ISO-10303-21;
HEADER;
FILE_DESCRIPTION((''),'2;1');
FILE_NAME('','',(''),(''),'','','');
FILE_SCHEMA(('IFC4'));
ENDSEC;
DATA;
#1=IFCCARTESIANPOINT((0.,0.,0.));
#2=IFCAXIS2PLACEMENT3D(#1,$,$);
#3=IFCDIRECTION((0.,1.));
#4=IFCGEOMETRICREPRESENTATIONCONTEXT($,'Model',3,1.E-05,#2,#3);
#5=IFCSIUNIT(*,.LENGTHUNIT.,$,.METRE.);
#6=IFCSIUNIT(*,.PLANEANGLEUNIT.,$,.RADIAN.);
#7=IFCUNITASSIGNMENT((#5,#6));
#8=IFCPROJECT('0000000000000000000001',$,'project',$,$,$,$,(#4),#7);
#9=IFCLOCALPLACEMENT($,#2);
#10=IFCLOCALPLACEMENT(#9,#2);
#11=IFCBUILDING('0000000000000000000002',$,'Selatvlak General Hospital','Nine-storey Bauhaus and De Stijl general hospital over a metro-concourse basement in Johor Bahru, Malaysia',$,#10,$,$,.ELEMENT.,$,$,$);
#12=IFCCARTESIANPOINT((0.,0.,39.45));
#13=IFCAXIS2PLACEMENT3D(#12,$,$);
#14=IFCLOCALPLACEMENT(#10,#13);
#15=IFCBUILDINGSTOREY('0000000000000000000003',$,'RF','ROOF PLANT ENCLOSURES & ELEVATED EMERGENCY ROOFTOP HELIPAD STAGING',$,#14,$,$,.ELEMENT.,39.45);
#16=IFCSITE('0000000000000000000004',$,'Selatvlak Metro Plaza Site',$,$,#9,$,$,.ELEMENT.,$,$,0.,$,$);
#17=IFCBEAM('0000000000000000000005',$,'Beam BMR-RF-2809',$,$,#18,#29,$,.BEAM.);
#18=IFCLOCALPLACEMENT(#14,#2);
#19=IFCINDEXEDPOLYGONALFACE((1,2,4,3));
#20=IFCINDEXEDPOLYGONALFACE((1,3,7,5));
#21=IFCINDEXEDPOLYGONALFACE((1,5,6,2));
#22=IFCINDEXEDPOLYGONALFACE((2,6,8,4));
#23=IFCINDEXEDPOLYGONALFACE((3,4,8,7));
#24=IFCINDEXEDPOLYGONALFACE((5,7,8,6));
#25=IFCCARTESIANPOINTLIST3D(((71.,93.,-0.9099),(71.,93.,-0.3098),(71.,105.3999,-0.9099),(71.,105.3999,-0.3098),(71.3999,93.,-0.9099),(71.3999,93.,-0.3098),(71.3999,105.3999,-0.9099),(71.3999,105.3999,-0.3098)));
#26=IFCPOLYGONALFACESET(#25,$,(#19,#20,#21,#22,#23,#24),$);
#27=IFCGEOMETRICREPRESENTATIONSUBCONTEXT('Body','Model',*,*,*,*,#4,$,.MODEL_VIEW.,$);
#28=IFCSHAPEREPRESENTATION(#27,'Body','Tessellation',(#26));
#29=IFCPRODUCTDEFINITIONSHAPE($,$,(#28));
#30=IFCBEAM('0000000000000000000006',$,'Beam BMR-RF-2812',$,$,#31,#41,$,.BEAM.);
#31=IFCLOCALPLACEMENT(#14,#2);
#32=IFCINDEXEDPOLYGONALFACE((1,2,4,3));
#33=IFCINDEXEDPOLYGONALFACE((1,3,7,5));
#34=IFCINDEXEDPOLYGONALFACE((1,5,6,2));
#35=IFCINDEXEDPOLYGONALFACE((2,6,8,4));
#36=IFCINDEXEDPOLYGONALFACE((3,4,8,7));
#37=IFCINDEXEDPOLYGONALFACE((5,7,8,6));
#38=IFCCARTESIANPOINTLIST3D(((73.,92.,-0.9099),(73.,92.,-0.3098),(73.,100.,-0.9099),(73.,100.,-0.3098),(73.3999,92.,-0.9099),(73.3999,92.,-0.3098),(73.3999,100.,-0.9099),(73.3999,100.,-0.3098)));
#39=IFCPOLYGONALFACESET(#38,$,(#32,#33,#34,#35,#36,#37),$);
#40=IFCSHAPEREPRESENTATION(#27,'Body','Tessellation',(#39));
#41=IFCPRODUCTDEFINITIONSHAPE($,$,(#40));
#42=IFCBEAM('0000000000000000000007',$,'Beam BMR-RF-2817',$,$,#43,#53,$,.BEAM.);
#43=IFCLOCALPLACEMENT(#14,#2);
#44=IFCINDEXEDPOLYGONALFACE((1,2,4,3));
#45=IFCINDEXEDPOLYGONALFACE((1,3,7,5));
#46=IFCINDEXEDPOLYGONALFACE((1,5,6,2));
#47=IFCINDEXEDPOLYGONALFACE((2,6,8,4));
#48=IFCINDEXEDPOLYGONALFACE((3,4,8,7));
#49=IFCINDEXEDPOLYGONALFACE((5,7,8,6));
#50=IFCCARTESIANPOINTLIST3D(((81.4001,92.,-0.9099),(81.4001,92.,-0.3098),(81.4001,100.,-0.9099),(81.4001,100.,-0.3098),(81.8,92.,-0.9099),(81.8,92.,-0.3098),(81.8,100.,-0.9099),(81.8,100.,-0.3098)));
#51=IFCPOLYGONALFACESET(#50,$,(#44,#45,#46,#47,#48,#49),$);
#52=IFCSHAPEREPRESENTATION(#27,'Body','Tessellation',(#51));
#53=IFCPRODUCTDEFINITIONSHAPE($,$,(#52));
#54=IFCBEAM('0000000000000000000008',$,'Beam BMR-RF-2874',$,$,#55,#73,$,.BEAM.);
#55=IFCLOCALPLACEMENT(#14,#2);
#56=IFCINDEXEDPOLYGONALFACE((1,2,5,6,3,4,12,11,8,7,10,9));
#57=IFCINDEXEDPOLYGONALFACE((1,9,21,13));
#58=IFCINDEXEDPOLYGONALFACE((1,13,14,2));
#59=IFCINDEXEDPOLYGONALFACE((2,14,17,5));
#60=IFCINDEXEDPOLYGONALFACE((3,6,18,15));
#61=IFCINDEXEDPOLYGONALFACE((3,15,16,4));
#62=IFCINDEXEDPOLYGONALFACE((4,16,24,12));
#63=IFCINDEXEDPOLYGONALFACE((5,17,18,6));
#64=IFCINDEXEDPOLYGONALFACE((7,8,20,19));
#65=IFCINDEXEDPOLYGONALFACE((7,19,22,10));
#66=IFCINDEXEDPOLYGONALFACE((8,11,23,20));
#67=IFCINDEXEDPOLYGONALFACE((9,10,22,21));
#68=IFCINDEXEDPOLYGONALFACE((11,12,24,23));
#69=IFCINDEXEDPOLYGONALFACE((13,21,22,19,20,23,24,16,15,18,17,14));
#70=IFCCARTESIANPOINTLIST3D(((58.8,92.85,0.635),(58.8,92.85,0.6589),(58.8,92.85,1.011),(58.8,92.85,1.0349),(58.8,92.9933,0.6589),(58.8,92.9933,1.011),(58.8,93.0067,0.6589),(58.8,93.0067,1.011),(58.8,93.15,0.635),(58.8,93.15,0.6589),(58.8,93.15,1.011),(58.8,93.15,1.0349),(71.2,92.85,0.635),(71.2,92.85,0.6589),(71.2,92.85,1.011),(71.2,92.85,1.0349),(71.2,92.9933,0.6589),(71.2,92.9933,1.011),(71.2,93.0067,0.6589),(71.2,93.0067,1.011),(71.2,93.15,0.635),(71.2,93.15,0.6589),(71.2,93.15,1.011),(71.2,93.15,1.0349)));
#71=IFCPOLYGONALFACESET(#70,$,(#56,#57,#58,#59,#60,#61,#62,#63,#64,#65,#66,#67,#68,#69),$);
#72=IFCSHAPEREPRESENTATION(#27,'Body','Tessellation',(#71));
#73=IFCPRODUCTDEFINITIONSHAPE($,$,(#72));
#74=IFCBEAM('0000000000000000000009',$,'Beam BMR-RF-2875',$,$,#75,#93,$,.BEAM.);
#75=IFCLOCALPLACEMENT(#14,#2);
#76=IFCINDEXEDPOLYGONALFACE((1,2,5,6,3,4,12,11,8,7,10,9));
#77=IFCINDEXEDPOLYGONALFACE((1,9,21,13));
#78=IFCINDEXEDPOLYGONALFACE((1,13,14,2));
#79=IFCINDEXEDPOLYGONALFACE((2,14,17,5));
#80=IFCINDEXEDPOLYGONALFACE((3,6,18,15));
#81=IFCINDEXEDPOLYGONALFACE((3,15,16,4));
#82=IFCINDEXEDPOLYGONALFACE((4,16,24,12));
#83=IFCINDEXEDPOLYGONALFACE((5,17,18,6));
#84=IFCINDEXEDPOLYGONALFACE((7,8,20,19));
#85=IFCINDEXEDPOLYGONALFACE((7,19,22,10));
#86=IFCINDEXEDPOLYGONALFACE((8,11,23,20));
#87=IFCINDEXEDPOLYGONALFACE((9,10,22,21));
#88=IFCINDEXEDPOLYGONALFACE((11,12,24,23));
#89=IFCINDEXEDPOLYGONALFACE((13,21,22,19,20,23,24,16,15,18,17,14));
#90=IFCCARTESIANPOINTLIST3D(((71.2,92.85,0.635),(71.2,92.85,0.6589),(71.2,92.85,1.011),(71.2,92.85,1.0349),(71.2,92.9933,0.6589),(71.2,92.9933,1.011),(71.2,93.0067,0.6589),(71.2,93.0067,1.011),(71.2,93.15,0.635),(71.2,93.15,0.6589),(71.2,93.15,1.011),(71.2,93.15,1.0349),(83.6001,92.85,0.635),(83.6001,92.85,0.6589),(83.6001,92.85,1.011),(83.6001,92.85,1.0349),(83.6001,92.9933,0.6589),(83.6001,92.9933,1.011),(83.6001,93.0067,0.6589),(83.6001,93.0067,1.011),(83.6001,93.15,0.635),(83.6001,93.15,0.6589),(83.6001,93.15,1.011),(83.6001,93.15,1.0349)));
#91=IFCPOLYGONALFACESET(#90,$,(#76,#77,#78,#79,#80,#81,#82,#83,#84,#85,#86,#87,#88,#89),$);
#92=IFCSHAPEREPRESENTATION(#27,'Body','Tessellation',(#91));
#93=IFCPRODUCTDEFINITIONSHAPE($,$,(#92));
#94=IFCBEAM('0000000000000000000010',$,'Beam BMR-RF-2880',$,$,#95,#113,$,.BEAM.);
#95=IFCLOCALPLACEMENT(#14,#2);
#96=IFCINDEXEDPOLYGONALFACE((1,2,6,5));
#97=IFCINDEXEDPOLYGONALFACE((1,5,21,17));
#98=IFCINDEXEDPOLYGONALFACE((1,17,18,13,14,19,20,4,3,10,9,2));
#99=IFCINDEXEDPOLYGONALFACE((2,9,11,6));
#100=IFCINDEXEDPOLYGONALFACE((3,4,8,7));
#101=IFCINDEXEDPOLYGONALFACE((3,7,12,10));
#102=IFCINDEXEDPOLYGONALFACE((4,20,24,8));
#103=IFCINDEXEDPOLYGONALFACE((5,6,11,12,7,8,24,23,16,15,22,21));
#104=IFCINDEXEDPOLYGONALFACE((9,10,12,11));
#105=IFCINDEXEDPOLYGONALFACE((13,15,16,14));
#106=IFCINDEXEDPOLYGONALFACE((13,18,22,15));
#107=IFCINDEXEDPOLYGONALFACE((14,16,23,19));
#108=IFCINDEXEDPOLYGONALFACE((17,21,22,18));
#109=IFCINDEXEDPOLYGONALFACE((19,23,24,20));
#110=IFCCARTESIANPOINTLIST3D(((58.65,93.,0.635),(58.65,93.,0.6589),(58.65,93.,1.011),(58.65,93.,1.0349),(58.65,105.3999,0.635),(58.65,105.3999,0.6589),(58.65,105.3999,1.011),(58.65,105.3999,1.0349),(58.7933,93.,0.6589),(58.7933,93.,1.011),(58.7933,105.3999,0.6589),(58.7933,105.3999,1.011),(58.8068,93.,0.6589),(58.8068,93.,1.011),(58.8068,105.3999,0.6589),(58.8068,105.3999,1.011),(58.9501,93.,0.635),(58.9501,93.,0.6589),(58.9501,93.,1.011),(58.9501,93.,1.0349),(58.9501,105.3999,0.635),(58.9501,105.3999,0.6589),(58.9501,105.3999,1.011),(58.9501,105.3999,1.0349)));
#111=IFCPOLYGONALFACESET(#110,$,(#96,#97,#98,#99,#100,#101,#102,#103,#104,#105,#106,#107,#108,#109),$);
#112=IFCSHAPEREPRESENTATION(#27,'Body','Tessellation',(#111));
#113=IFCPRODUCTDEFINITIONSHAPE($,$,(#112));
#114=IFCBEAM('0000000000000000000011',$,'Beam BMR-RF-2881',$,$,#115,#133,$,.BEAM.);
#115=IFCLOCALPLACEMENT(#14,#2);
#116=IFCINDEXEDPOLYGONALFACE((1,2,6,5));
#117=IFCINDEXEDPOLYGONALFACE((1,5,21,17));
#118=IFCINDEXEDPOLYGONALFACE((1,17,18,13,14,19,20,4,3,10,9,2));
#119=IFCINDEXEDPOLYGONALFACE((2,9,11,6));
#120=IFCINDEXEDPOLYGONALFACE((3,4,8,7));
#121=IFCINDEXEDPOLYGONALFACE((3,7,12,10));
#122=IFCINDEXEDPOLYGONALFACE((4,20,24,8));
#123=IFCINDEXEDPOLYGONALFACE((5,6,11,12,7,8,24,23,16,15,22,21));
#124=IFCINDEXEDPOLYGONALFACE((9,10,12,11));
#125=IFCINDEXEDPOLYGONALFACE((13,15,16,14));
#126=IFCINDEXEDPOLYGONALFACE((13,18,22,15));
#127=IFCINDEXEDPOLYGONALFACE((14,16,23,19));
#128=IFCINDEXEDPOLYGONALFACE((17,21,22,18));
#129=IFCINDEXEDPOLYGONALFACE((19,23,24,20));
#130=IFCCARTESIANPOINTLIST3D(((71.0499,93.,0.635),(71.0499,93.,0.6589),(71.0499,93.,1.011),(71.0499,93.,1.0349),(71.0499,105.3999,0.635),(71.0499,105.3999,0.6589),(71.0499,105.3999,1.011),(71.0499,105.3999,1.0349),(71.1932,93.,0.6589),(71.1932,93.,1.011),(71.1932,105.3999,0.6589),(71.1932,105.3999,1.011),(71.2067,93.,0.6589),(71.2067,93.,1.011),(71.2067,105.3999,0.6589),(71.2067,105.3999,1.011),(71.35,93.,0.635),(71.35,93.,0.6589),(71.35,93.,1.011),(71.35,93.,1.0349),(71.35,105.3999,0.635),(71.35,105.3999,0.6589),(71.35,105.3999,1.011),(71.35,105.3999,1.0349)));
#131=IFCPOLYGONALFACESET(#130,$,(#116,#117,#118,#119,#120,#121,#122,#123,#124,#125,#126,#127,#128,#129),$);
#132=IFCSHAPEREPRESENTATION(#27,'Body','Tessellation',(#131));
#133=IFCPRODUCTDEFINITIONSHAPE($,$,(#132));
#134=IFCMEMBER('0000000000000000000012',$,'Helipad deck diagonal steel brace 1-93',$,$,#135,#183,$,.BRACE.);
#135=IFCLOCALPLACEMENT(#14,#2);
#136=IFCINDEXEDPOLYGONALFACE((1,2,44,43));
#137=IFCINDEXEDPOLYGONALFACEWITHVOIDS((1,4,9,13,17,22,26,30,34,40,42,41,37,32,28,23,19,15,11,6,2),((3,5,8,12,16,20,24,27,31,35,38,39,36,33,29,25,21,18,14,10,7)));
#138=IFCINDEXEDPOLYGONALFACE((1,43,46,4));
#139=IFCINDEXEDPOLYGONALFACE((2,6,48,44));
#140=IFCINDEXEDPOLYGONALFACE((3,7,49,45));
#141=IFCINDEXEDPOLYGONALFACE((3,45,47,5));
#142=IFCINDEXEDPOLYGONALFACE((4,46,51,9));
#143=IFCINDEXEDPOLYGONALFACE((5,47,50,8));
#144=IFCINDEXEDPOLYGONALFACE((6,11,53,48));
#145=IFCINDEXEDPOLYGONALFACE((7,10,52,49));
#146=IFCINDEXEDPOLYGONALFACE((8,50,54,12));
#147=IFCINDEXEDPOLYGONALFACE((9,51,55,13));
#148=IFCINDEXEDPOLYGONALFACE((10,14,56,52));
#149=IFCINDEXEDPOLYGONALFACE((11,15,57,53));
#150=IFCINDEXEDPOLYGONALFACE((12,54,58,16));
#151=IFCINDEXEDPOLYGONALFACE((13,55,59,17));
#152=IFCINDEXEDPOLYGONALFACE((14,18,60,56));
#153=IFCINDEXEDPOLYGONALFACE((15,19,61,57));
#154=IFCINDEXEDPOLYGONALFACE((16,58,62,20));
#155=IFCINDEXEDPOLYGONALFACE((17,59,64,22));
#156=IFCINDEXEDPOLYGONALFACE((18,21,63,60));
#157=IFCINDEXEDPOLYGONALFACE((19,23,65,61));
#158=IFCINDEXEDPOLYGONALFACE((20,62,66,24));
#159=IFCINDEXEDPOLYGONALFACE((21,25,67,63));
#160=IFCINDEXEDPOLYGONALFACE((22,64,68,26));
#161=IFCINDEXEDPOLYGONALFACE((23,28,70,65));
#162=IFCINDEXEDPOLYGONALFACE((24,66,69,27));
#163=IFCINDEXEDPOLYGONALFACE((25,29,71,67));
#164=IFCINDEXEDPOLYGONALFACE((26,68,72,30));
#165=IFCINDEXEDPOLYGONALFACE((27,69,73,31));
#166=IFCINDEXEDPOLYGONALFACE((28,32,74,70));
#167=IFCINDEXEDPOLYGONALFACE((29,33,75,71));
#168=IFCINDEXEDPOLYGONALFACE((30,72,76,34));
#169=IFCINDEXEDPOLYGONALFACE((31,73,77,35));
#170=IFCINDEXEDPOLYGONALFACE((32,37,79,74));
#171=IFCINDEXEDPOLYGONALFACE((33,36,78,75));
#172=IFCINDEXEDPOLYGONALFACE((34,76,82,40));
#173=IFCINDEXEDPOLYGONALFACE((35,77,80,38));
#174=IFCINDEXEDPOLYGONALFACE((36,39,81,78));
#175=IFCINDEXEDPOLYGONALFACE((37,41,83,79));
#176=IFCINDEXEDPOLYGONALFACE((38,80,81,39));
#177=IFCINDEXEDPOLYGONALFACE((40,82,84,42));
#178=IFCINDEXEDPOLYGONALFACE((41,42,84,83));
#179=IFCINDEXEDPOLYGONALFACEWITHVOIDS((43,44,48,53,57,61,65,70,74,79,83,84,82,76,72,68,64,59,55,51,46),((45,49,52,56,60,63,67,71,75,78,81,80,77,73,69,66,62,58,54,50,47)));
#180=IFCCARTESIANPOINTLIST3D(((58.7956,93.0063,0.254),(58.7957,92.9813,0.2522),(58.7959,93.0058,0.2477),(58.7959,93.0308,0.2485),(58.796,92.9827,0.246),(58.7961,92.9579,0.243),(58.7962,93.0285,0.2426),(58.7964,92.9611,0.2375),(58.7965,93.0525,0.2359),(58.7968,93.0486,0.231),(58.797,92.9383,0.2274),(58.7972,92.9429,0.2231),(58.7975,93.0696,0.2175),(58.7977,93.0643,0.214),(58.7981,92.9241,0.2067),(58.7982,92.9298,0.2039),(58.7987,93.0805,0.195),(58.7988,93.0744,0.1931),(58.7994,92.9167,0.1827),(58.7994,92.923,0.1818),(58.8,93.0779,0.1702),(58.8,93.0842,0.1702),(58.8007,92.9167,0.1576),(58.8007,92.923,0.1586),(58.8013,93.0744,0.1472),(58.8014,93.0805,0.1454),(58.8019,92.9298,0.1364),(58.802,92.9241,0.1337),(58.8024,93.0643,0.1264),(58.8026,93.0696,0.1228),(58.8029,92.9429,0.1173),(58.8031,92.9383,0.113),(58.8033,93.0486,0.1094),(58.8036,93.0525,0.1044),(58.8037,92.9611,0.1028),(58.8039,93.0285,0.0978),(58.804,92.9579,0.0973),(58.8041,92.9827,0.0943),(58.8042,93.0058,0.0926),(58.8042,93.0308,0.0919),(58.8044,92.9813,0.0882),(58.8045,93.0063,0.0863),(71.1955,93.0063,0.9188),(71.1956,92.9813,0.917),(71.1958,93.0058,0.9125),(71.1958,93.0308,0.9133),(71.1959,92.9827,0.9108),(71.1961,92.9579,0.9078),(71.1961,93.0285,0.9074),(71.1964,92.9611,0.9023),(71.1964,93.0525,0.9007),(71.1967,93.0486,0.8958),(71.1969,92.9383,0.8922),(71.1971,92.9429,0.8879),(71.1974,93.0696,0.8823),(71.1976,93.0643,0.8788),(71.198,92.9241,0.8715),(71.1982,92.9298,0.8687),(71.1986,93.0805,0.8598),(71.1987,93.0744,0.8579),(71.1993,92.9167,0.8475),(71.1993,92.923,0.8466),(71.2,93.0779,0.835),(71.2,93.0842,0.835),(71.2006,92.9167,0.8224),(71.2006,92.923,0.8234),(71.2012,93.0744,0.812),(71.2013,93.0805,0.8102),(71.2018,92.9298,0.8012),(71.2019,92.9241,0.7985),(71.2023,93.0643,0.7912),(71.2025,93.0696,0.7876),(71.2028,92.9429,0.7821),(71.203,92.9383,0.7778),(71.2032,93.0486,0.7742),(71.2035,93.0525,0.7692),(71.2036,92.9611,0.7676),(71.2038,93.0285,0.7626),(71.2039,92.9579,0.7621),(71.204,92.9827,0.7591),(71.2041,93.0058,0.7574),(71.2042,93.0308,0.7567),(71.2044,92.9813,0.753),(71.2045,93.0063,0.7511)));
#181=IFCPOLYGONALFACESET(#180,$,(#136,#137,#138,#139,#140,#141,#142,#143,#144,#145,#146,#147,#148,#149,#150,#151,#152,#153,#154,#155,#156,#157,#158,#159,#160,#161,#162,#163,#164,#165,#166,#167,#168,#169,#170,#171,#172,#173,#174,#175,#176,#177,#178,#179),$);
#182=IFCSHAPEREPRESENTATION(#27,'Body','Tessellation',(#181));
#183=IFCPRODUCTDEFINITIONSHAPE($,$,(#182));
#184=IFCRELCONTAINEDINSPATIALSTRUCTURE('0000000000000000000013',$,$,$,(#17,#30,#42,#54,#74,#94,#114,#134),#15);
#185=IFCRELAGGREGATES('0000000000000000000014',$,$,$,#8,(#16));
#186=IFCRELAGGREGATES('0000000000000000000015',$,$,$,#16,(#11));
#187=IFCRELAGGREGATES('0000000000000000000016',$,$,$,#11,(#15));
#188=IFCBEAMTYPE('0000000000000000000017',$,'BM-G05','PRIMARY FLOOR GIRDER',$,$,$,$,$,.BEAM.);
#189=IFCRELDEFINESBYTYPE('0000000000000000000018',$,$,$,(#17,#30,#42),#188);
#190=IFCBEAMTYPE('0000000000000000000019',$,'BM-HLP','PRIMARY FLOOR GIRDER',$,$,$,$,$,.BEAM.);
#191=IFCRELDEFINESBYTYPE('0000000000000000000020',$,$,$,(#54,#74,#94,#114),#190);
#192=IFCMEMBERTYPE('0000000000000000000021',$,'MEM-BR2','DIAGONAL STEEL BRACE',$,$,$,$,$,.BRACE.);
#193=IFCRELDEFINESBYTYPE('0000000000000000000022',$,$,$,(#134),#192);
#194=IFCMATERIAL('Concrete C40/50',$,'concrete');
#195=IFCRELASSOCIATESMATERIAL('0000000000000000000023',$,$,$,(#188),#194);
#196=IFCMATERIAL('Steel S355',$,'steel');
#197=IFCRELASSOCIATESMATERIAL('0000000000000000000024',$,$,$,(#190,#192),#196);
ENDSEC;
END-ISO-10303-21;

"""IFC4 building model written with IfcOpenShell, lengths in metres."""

from ifc_helpers import new_model, si_unit, direction, frame, origin, origin_2d, place, context, subcontext, project, spatial, rectangle, hollow_circle, i_section, extrude, material, material_profile, profile_set, type_object, element, save


model = new_model("IFC4")

# Units and contexts
model_context = context("Model", 3, precision=1e-05, world=origin(), true_north=direction((0.0, 1.0)))
body_context = subcontext(model_context, "Body", "Model", "MODEL_VIEW")
ifc_project = project(units=[si_unit("LENGTHUNIT", "METRE"), si_unit("PLANEANGLEUNIT", "RADIAN")], contexts=[model_context])

# Site, building, storey
site_placement = place(None, origin())
site = spatial("IfcSite", under=ifc_project, at=site_placement, Name="Selatvlak Metro Plaza Site", CompositionType="ELEMENT", RefElevation=0.0)
building_placement = place(site_placement, origin())
building = spatial("IfcBuilding", under=site, at=building_placement, Name="Selatvlak General Hospital", Description="Nine-storey Bauhaus and De Stijl general hospital over a metro-concourse basement in Johor Bahru, Malaysia", CompositionType="ELEMENT")
storey_placement = place(building_placement, frame((0.0, 0.0, 39.45)))
storey = spatial("IfcBuildingStorey", under=building, at=storey_placement, Name="RF", Description="ROOF PLANT ENCLOSURES & ELEVATED EMERGENCY ROOFTOP HELIPAD STAGING", CompositionType="ELEMENT", Elevation=39.45)

# Shared definitions
ifc_material_1 = material(Name="Steel S355", Category="steel")

# Beams
ifc_material_2 = material(Name="Concrete C40/50", Category="concrete")
ifc_material_profile_1 = material_profile(ifc_material_2, rectangle(XDim=0.3999, YDim=0.6001, at=origin_2d()), Name="RC-BM 400x600")
ifc_profile_set_1 = profile_set([ifc_material_profile_1], Name="Concrete C40/50")
beam_type_1 = type_object("IfcBeamType", Name="BM-G05", Description="PRIMARY FLOOR GIRDER", PredefinedType="BEAM", material=ifc_profile_set_1)
beam_1_placement = place(storey_placement, frame((71.2, 93.0, -0.6099), z_axis=(0.0, 1.0, 0.0), x_axis=(-1.0, 0.0, 0.0)))
element("IfcBeam", 1, at=beam_1_placement, inside=storey, type_object=beam_type_1, Name="Beam BMR-RF-2809", PredefinedType="BEAM", context=body_context, shape_type="SweptSolid", body=[
    extrude(rectangle(XDim=0.3999, YDim=0.6001, at=origin_2d()), origin(), (0.0, 0.0, 1.0), 12.3999),
])
for number, where, z_axis, x_axis, name in (
    (2, (73.2, 92.0, -0.6099), (0.0, 1.0, 0.0), (-1.0, 0.0, 0.0), "Beam BMR-RF-2812"),
    (3, (81.6001, 92.0, -0.6099), (0.0, 1.0, 0.0), (-1.0, 0.0, 0.0), "Beam BMR-RF-2817"),
):
    element("IfcBeam", number, at=place(storey_placement, frame(where, z_axis=z_axis, x_axis=x_axis)), inside=storey, type_object=beam_type_1, Name=name, PredefinedType="BEAM", context=body_context, shape_type="SweptSolid", body=[
        extrude(rectangle(XDim=0.3999, YDim=0.6001, at=origin_2d()), origin(), (0.0, 0.0, 1.0), 8.0),
    ])
ifc_material_profile_2 = material_profile(ifc_material_1, i_section(OverallWidth=0.3, OverallDepth=0.3999, WebThickness=0.0134, FlangeThickness=0.0239, at=origin_2d()), Name="HEB 400")
ifc_profile_set_2 = profile_set([ifc_material_profile_2], Name="Steel S355")
beam_type_2 = type_object("IfcBeamType", Name="BM-HLP", Description="PRIMARY FLOOR GIRDER", PredefinedType="BEAM", material=ifc_profile_set_2)
beam_2_placement = place(storey_placement, frame((58.8, 93.0, 0.835), z_axis=(1.0, 0.0, 0.0), x_axis=(0.0, 1.0, 0.0)))
element("IfcBeam", 4, at=beam_2_placement, inside=storey, type_object=beam_type_2, Name="Beam BMR-RF-2874", PredefinedType="BEAM", context=body_context, shape_type="SweptSolid", body=[
    extrude(i_section(OverallWidth=0.3, OverallDepth=0.3999, WebThickness=0.0134, FlangeThickness=0.0239, at=origin_2d()), origin(), (0.0, 0.0, 1.0), 12.3999),
])
beam_3_placement = place(storey_placement, frame((71.2, 93.0, 0.835), z_axis=(1.0, 0.0, 0.0), x_axis=(0.0, 1.0, 0.0)))
element("IfcBeam", 5, at=beam_3_placement, inside=storey, type_object=beam_type_2, Name="Beam BMR-RF-2875", PredefinedType="BEAM", context=body_context, shape_type="SweptSolid", body=[
    extrude(i_section(OverallWidth=0.3, OverallDepth=0.3999, WebThickness=0.0134, FlangeThickness=0.0239, at=origin_2d()), origin(), (0.0, 0.0, 1.0), 12.4001),
])
for number, where, z_axis, x_axis, name in (
    (6, (58.8, 93.0, 0.835), (0.0, 1.0, 0.0), (-1.0, 0.0, 0.0), "Beam BMR-RF-2880"),
    (7, (71.2, 93.0, 0.835), (0.0, 1.0, 0.0), (-1.0, 0.0, 0.0), "Beam BMR-RF-2881"),
):
    element("IfcBeam", number, at=place(storey_placement, frame(where, z_axis=z_axis, x_axis=x_axis)), inside=storey, type_object=beam_type_2, Name=name, PredefinedType="BEAM", context=body_context, shape_type="SweptSolid", body=[
        extrude(i_section(OverallWidth=0.3, OverallDepth=0.3999, WebThickness=0.0134, FlangeThickness=0.0239, at=origin_2d()), origin(), (0.0, 0.0, 1.0), 12.3999),
    ])

# Member
ifc_material_profile_3 = material_profile(ifc_material_1, hollow_circle(Radius=0.0842, WallThickness=0.0063, at=origin_2d()), Name="CHS 168.3x6.3")
ifc_profile_set_3 = profile_set([ifc_material_profile_3], Name="Steel S355")
member_type_1 = type_object("IfcMemberType", Name="MEM-BR2", Description="DIAGONAL STEEL BRACE", PredefinedType="BRACE", material=ifc_profile_set_3)
member_1_placement = place(storey_placement, frame((58.8, 93.0, 0.1702), z_axis=(0.998566, 0.0, 0.053536), x_axis=(0.0, 1.0, 0.0)))
element("IfcMember", 8, at=member_1_placement, inside=storey, type_object=member_type_1, Name="Helipad deck diagonal steel brace 1-93", PredefinedType="BRACE", context=body_context, shape_type="SweptSolid", body=[
    extrude(hollow_circle(Radius=0.0842, WallThickness=0.0063, at=origin_2d()), origin(), (0.0, 0.0, 1.0), 12.4177),
])

save(model, "model.ifc")
